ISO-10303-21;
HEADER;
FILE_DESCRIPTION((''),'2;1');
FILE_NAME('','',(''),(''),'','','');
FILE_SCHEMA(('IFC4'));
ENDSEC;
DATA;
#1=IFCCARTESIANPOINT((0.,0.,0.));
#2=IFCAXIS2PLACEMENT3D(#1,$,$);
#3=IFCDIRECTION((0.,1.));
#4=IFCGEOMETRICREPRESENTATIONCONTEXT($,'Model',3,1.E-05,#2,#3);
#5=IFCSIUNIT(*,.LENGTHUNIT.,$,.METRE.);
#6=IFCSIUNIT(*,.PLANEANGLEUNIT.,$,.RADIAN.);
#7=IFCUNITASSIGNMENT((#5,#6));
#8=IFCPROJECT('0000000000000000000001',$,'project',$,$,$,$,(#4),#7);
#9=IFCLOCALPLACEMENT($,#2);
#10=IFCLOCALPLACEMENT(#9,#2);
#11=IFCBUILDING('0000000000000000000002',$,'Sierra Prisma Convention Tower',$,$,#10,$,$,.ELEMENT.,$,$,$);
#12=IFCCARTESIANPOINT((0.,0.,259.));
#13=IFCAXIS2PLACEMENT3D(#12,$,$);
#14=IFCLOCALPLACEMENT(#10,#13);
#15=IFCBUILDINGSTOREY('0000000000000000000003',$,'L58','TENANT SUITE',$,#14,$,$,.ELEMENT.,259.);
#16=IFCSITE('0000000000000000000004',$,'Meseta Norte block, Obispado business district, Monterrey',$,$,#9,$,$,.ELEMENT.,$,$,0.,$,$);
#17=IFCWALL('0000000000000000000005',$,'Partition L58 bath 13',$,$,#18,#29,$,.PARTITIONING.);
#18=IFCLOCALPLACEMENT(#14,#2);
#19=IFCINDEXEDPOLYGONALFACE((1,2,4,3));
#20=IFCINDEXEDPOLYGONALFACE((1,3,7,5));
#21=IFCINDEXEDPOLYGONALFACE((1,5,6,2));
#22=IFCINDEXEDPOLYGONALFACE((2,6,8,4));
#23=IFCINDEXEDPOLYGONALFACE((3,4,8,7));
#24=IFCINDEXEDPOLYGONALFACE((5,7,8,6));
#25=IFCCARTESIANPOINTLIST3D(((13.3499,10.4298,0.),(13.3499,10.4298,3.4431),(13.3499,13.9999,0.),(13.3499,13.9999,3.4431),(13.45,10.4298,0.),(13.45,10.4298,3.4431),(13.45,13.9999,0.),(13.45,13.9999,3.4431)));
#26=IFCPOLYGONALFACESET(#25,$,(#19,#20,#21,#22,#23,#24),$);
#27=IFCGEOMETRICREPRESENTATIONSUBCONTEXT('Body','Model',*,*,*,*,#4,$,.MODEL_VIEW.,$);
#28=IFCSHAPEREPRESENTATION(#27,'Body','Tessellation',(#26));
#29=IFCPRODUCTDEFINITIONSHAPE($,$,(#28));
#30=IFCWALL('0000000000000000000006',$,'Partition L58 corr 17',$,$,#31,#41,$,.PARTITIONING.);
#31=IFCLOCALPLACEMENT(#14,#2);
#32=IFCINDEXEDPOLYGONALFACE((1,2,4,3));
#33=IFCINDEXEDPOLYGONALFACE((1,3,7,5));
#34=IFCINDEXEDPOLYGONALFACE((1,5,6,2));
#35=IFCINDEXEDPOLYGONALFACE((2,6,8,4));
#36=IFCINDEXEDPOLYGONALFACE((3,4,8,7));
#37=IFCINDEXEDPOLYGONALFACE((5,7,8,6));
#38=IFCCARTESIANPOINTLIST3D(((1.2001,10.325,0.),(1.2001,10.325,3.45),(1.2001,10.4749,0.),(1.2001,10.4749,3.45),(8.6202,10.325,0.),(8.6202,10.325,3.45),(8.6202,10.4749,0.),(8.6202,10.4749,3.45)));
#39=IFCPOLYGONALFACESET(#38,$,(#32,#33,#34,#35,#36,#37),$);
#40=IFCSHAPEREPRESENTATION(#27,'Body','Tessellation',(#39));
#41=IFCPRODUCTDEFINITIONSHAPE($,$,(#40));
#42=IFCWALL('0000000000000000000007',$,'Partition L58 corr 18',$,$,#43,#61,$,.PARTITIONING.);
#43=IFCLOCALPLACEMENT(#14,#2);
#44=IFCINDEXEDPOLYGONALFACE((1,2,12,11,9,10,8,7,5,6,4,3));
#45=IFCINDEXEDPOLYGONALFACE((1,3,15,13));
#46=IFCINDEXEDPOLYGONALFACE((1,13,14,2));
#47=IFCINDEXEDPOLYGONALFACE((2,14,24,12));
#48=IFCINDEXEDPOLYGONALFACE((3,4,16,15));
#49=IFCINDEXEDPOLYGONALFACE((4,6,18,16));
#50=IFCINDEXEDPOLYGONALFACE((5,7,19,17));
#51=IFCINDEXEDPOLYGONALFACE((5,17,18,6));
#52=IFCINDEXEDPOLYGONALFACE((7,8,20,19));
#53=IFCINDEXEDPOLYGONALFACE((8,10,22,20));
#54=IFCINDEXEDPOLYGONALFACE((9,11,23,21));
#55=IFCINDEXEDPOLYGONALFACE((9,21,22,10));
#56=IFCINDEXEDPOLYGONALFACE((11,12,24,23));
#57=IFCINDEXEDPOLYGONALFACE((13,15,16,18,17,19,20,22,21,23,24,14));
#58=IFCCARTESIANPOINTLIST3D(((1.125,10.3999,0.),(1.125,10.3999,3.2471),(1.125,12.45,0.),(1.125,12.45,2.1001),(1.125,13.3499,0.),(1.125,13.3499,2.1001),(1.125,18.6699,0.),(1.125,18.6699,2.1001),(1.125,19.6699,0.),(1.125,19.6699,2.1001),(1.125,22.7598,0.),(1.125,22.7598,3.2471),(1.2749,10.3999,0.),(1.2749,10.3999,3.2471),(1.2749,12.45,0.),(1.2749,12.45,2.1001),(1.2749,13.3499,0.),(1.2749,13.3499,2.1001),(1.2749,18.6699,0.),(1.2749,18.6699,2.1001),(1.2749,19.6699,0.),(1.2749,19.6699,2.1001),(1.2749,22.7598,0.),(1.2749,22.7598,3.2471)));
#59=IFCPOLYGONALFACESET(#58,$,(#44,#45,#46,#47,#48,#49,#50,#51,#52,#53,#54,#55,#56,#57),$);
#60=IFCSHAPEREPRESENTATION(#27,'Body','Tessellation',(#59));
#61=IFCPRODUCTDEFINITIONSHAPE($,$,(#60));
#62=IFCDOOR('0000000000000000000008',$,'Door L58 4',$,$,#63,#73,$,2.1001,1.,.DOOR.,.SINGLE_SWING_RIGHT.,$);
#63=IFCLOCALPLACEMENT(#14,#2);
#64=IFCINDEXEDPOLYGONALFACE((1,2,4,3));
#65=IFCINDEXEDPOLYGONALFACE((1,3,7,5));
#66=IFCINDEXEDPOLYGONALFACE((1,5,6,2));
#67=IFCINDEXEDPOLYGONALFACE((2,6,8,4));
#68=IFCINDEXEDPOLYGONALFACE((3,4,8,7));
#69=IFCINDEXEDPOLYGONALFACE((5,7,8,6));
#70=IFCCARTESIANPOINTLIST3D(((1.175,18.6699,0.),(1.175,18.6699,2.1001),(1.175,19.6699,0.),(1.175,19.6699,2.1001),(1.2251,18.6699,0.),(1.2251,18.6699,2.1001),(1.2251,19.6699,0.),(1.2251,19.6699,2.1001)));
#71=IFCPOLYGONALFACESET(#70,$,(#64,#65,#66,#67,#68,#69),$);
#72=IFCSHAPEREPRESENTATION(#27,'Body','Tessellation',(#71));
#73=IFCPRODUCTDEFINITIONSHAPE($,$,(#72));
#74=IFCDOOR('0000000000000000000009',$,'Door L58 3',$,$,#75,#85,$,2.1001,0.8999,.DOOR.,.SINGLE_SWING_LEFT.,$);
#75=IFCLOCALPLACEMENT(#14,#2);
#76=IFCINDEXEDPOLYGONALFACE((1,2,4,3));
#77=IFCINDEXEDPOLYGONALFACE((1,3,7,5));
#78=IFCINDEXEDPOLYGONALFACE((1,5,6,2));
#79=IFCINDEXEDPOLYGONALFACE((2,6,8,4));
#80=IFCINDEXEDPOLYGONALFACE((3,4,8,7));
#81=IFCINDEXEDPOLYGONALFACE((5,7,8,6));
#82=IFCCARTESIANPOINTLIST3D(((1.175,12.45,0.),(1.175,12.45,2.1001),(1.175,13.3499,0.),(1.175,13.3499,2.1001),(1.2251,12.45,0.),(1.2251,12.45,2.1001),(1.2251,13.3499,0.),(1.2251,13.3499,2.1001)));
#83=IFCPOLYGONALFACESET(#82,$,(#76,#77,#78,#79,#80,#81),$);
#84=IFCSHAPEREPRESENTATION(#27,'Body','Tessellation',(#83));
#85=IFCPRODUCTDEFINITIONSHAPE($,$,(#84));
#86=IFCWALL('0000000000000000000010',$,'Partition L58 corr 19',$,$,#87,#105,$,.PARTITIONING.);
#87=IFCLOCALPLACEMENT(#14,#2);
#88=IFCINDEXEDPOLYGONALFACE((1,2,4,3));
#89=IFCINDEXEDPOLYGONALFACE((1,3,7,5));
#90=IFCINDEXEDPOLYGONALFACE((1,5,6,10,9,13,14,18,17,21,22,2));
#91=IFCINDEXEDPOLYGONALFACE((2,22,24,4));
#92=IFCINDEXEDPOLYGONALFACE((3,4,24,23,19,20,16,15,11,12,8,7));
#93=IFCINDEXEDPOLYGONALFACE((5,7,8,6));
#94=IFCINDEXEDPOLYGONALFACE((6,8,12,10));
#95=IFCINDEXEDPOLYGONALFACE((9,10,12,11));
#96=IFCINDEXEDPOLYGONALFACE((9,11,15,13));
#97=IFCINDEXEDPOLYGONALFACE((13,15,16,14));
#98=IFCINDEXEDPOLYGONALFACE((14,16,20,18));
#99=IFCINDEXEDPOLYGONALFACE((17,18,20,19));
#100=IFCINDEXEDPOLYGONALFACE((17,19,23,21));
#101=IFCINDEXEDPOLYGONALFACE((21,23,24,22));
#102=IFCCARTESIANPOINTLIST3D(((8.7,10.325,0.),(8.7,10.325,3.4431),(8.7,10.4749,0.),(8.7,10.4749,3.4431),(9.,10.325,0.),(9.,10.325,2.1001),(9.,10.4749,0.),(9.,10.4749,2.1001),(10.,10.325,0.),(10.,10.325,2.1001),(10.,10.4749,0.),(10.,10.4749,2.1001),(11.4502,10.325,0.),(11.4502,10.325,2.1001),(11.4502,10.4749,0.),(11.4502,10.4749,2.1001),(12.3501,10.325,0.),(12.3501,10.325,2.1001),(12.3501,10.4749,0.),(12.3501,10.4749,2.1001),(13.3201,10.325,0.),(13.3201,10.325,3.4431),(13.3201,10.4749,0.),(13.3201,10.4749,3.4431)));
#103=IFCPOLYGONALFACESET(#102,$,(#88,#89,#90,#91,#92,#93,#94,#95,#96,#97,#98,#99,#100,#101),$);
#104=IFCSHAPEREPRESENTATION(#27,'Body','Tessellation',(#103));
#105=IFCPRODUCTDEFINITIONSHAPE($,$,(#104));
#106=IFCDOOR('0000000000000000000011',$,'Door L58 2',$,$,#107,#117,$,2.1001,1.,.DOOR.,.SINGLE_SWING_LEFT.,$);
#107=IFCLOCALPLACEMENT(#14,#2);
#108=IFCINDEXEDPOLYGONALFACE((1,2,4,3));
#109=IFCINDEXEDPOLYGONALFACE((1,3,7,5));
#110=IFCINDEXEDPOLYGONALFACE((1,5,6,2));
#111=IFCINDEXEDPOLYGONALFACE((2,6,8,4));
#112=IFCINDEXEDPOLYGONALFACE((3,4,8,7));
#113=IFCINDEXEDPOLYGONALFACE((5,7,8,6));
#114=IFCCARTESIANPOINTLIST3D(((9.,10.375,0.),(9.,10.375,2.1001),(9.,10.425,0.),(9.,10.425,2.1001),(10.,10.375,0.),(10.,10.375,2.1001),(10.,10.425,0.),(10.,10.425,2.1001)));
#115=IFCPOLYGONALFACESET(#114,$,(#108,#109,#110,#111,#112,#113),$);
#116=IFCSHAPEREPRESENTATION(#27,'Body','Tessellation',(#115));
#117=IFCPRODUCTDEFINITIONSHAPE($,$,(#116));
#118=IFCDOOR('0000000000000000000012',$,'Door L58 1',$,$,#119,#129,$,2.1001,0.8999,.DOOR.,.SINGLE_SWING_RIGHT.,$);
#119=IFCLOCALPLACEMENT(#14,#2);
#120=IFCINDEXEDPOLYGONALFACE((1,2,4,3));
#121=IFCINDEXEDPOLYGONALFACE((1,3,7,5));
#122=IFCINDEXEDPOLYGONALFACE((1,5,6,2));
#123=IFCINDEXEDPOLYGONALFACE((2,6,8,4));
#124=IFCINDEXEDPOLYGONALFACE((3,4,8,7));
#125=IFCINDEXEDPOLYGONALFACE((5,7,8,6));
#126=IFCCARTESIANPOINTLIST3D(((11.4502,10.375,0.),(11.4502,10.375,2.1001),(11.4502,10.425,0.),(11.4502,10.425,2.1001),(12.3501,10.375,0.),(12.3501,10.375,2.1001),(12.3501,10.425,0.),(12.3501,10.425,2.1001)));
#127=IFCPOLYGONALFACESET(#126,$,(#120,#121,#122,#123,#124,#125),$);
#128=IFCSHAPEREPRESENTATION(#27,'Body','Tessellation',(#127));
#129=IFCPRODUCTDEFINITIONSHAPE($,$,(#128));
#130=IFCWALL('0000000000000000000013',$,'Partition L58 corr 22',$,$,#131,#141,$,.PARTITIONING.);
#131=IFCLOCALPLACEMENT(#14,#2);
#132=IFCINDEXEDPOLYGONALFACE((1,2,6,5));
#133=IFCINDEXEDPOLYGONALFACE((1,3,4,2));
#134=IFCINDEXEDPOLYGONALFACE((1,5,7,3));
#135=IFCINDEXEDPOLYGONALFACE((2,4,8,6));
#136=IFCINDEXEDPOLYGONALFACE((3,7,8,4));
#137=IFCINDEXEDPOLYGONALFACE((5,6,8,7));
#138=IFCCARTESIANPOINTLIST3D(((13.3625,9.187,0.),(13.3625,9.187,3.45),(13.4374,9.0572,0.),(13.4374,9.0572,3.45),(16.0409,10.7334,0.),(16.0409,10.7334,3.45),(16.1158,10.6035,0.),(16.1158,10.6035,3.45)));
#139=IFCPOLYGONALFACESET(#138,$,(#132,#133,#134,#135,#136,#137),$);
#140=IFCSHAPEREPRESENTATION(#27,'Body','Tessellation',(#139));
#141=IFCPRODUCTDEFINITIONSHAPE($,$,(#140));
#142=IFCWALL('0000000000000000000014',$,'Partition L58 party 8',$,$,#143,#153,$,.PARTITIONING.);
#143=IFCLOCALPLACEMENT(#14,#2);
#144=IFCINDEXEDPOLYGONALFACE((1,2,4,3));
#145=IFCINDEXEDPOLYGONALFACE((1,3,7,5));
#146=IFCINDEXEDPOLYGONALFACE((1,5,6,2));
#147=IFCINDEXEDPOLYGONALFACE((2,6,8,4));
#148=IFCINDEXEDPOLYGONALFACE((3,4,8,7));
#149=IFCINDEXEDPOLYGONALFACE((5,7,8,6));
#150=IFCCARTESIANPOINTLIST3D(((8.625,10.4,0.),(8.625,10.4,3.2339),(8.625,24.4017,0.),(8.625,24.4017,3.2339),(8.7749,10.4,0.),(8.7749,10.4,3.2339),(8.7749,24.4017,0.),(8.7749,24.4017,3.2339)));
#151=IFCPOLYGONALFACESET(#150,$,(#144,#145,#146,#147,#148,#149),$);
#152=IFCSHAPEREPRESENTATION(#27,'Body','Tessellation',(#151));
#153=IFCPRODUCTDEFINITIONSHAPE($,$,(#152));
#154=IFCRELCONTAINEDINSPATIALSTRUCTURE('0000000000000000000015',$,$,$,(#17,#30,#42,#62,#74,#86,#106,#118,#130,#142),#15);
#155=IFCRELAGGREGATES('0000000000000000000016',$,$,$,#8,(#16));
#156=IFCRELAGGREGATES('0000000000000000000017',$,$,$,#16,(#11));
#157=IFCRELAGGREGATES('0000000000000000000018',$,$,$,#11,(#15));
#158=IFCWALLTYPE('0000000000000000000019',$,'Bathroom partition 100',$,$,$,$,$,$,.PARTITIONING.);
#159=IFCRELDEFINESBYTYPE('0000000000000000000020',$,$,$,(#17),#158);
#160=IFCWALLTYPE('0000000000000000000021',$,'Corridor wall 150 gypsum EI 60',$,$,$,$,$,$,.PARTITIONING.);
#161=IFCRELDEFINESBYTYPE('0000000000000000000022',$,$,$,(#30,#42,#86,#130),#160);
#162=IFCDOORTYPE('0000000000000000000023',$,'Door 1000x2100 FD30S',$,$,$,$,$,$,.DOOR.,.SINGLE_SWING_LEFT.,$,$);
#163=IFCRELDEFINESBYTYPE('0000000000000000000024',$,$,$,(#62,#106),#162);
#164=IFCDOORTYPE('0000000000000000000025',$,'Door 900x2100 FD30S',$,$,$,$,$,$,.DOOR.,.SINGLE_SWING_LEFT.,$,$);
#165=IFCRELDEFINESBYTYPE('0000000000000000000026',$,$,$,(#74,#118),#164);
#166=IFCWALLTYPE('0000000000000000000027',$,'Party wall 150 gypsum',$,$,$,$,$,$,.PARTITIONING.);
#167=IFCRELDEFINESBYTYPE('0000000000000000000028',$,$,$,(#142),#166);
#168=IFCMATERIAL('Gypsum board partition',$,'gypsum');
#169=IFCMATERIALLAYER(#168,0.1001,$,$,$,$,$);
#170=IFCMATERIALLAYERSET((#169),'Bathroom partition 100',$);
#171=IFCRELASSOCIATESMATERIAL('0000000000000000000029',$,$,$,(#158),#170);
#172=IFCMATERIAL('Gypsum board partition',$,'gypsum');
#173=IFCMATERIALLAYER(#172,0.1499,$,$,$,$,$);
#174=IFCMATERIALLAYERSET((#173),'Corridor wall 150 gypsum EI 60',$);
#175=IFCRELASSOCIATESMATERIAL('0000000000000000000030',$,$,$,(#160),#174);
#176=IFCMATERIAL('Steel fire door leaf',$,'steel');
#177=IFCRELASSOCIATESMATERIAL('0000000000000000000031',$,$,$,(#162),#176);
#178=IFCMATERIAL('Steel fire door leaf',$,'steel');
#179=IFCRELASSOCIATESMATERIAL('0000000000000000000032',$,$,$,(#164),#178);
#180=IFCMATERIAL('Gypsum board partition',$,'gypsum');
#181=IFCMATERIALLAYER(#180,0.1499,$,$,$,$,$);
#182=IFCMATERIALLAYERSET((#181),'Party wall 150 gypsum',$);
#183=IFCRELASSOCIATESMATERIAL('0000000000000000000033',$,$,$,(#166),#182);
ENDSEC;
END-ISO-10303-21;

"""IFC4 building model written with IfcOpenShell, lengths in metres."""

from ifc_helpers import new_model, si_unit, direction, frame, frame_2d, origin, place, context, subcontext, project, spatial, rectangle, extrude, material, layer, layer_set, type_object, element, fill, save


model = new_model("IFC4")

# Units and contexts
model_context = context("Model", 3, precision=1e-05, world=origin(), true_north=direction((0.0, 1.0)))
body_context = subcontext(model_context, "Body", "Model", "MODEL_VIEW")
ifc_project = project(units=[si_unit("LENGTHUNIT", "METRE"), si_unit("PLANEANGLEUNIT", "RADIAN")], contexts=[model_context])

# Site, building, storey
site_placement = place(None, origin())
site = spatial("IfcSite", under=ifc_project, at=site_placement, Name="Meseta Norte block, Obispado business district, Monterrey", CompositionType="ELEMENT", RefElevation=0.0)
building_placement = place(site_placement, origin())
building = spatial("IfcBuilding", under=site, at=building_placement, Name="Sierra Prisma Convention Tower", CompositionType="ELEMENT")
storey_placement = place(building_placement, frame((0.0, 0.0, 259.0)))
storey = spatial("IfcBuildingStorey", under=building, at=storey_placement, Name="L58", Description="TENANT SUITE", CompositionType="ELEMENT", Elevation=259.0)

# Walls
ifc_material_1 = material(Name="Gypsum board partition", Category="gypsum")
ifc_layer_1 = layer(ifc_material_1, 0.1001)
ifc_layer_set_1 = layer_set([ifc_layer_1], Name="Bathroom partition 100")
wall_type_1 = type_object("IfcWallType", Name="Bathroom partition 100", PredefinedType="PARTITIONING", material=ifc_layer_set_1)
wall_1_placement = place(storey_placement, frame((13.3999, 14.0, 0.0), z_axis=(0.0, 0.0, 1.0), x_axis=(0.0, -1.0, 0.0)))
element("IfcWall", 1, at=wall_1_placement, inside=storey, type_object=wall_type_1, Name="Partition L58 bath 13", PredefinedType="PARTITIONING", context=body_context, shape_type="SweptSolid", body=[
    extrude(rectangle(XDim=3.5701, YDim=0.1001, at=frame_2d((1.7852, 0.0))), origin(), (0.0, 0.0, 1.0), 3.4431),
])
ifc_material_2 = material(Name="Gypsum board partition", Category="gypsum")
ifc_layer_2 = layer(ifc_material_2, 0.1499)
ifc_layer_set_2 = layer_set([ifc_layer_2], Name="Corridor wall 150 gypsum EI 60")
wall_type_2 = type_object("IfcWallType", Name="Corridor wall 150 gypsum EI 60", PredefinedType="PARTITIONING", material=ifc_layer_set_2)
wall_2_placement = place(storey_placement, frame((8.6201, 10.3999, 0.0), z_axis=(0.0, 0.0, 1.0), x_axis=(-1.0, 0.0, 0.0)))
element("IfcWall", 2, at=wall_2_placement, inside=storey, type_object=wall_type_2, Name="Partition L58 corr 17", PredefinedType="PARTITIONING", context=body_context, shape_type="SweptSolid", body=[
    extrude(rectangle(XDim=7.4202, YDim=0.1499, at=frame_2d((3.71, 0.0))), origin(), (0.0, 0.0, 1.0), 3.45),
])

# Walls, openings, doors
wall_3_placement = place(storey_placement, frame((1.2, 10.3999, 0.0), z_axis=(0.0, 0.0, 1.0), x_axis=(0.0, 1.0, 0.0)))
wall_3 = element("IfcWall", 3, at=wall_3_placement, inside=storey, type_object=wall_type_2, Name="Partition L58 corr 18", PredefinedType="PARTITIONING", context=body_context, shape_type="SweptSolid", body=[
    extrude(rectangle(XDim=12.3599, YDim=0.1499, at=frame_2d((6.1799, 0.0))), origin(), (0.0, 0.0, 1.0), 3.2471),
])
opening_1_placement = place(wall_3_placement, frame((2.05, 0.0, 0.0)))
opening_1 = element("IfcOpeningElement", 4, at=opening_1_placement, cuts=wall_3, PredefinedType="OPENING", context=body_context, shape_type="SweptSolid", body=[
    extrude(rectangle(XDim=0.8999, YDim=2.1001, at=frame_2d((0.45, 1.05))), frame((0.0, 0.075, 0.0), z_axis=(0.0, -1.0, 0.0), x_axis=(1.0, 0.0, 0.0)), (0.0, 0.0, 1.0), 0.1499),
])
opening_2_placement = place(wall_3_placement, frame((8.27, 0.0, 0.0)))
opening_2 = element("IfcOpeningElement", 5, at=opening_2_placement, cuts=wall_3, PredefinedType="OPENING", context=body_context, shape_type="SweptSolid", body=[
    extrude(rectangle(XDim=1.0, YDim=2.1001, at=frame_2d((0.5, 1.05))), frame((0.0, 0.075, 0.0), z_axis=(0.0, -1.0, 0.0), x_axis=(1.0, 0.0, 0.0)), (0.0, 0.0, 1.0), 0.1499),
])
ifc_material_3 = material(Name="Steel fire door leaf", Category="steel")
door_type_1 = type_object("IfcDoorType", Name="Door 1000x2100 FD30S", OperationType="SINGLE_SWING_LEFT", PredefinedType="DOOR", material=ifc_material_3)
door_1_placement = place(opening_2_placement, origin())
door_1 = element("IfcDoor", 6, at=door_1_placement, inside=storey, type_object=door_type_1, Name="Door L58 4", OperationType="SINGLE_SWING_RIGHT", OverallHeight=2.1001, OverallWidth=1.0, PredefinedType="DOOR", context=body_context, shape_type="SweptSolid", body=[
    extrude(rectangle(XDim=1.0, YDim=2.1001, at=frame_2d((0.5, 1.05))), frame((0.0, 0.0249, 0.0), z_axis=(0.0, -1.0, 0.0), x_axis=(1.0, 0.0, 0.0)), (0.0, 0.0, 1.0), 0.05),
])
fill(opening_2, door_1)
ifc_material_4 = material(Name="Steel fire door leaf", Category="steel")
door_type_2 = type_object("IfcDoorType", Name="Door 900x2100 FD30S", OperationType="SINGLE_SWING_LEFT", PredefinedType="DOOR", material=ifc_material_4)
door_2_placement = place(opening_1_placement, origin())
door_2 = element("IfcDoor", 7, at=door_2_placement, inside=storey, type_object=door_type_2, Name="Door L58 3", OperationType="SINGLE_SWING_LEFT", OverallHeight=2.1001, OverallWidth=0.8999, PredefinedType="DOOR", context=body_context, shape_type="SweptSolid", body=[
    extrude(rectangle(XDim=0.8999, YDim=2.1001, at=frame_2d((0.45, 1.05))), frame((0.0, 0.0249, 0.0), z_axis=(0.0, -1.0, 0.0), x_axis=(1.0, 0.0, 0.0)), (0.0, 0.0, 1.0), 0.05),
])
fill(opening_1, door_2)
wall_4_placement = place(storey_placement, frame((13.3201, 10.3999, 0.0), z_axis=(0.0, 0.0, 1.0), x_axis=(-1.0, 0.0, 0.0)))
wall_4 = element("IfcWall", 8, at=wall_4_placement, inside=storey, type_object=wall_type_2, Name="Partition L58 corr 19", PredefinedType="PARTITIONING", context=body_context, shape_type="SweptSolid", body=[
    extrude(rectangle(XDim=4.6201, YDim=0.1499, at=frame_2d((2.3101, 0.0))), origin(), (0.0, 0.0, 1.0), 3.4431),
])
opening_3_placement = place(wall_4_placement, frame((0.97, 0.0, 0.0)))
opening_3 = element("IfcOpeningElement", 9, at=opening_3_placement, cuts=wall_4, PredefinedType="OPENING", context=body_context, shape_type="SweptSolid", body=[
    extrude(rectangle(XDim=0.8999, YDim=2.1001, at=frame_2d((0.45, 1.05))), frame((0.0, 0.075, 0.0), z_axis=(0.0, -1.0, 0.0), x_axis=(1.0, 0.0, 0.0)), (0.0, 0.0, 1.0), 0.1499),
])
opening_4_placement = place(wall_4_placement, frame((3.3201, 0.0, 0.0)))
opening_4 = element("IfcOpeningElement", 10, at=opening_4_placement, cuts=wall_4, PredefinedType="OPENING", context=body_context, shape_type="SweptSolid", body=[
    extrude(rectangle(XDim=1.0, YDim=2.1001, at=frame_2d((0.5, 1.05))), frame((0.0, 0.075, 0.0), z_axis=(0.0, -1.0, 0.0), x_axis=(1.0, 0.0, 0.0)), (0.0, 0.0, 1.0), 0.1499),
])
door_3_placement = place(opening_4_placement, origin())
door_3 = element("IfcDoor", 11, at=door_3_placement, inside=storey, type_object=door_type_1, Name="Door L58 2", OperationType="SINGLE_SWING_LEFT", OverallHeight=2.1001, OverallWidth=1.0, PredefinedType="DOOR", context=body_context, shape_type="SweptSolid", body=[
    extrude(rectangle(XDim=1.0, YDim=2.1001, at=frame_2d((0.5, 1.05))), frame((0.0, 0.0249, 0.0), z_axis=(0.0, -1.0, 0.0), x_axis=(1.0, 0.0, 0.0)), (0.0, 0.0, 1.0), 0.05),
])
fill(opening_4, door_3)
door_4_placement = place(opening_3_placement, origin())
door_4 = element("IfcDoor", 12, at=door_4_placement, inside=storey, type_object=door_type_2, Name="Door L58 1", OperationType="SINGLE_SWING_RIGHT", OverallHeight=2.1001, OverallWidth=0.8999, PredefinedType="DOOR", context=body_context, shape_type="SweptSolid", body=[
    extrude(rectangle(XDim=0.8999, YDim=2.1001, at=frame_2d((0.45, 1.05))), frame((0.0, 0.0249, 0.0), z_axis=(0.0, -1.0, 0.0), x_axis=(1.0, 0.0, 0.0)), (0.0, 0.0, 1.0), 0.05),
])
fill(opening_3, door_4)

# Walls
wall_5_placement = place(storey_placement, frame((16.0784, 10.6685, 0.0), z_axis=(0.0, 0.0, 1.0), x_axis=(-0.866029, -0.499993, 0.0)))
element("IfcWall", 13, at=wall_5_placement, inside=storey, type_object=wall_type_2, Name="Partition L58 corr 22", PredefinedType="PARTITIONING", context=body_context, shape_type="SweptSolid", body=[
    extrude(rectangle(XDim=3.0928, YDim=0.1499, at=frame_2d((1.5464, 0.0))), origin(), (0.0, 0.0, 1.0), 3.45),
])
ifc_material_5 = material(Name="Gypsum board partition", Category="gypsum")
ifc_layer_3 = layer(ifc_material_5, 0.1499)
ifc_layer_set_3 = layer_set([ifc_layer_3], Name="Party wall 150 gypsum")
wall_type_3 = type_object("IfcWallType", Name="Party wall 150 gypsum", PredefinedType="PARTITIONING", material=ifc_layer_set_3)
wall_6_placement = place(storey_placement, frame((8.7, 10.3999, 0.0), z_axis=(0.0, 0.0, 1.0), x_axis=(0.0, 1.0, 0.0)))
element("IfcWall", 14, at=wall_6_placement, inside=storey, type_object=wall_type_3, Name="Partition L58 party 8", PredefinedType="PARTITIONING", context=body_context, shape_type="SweptSolid", body=[
    extrude(rectangle(XDim=14.0017, YDim=0.1499, at=frame_2d((7.001, 0.0))), origin(), (0.0, 0.0, 1.0), 3.2339),
])

save(model, "model.ifc")
